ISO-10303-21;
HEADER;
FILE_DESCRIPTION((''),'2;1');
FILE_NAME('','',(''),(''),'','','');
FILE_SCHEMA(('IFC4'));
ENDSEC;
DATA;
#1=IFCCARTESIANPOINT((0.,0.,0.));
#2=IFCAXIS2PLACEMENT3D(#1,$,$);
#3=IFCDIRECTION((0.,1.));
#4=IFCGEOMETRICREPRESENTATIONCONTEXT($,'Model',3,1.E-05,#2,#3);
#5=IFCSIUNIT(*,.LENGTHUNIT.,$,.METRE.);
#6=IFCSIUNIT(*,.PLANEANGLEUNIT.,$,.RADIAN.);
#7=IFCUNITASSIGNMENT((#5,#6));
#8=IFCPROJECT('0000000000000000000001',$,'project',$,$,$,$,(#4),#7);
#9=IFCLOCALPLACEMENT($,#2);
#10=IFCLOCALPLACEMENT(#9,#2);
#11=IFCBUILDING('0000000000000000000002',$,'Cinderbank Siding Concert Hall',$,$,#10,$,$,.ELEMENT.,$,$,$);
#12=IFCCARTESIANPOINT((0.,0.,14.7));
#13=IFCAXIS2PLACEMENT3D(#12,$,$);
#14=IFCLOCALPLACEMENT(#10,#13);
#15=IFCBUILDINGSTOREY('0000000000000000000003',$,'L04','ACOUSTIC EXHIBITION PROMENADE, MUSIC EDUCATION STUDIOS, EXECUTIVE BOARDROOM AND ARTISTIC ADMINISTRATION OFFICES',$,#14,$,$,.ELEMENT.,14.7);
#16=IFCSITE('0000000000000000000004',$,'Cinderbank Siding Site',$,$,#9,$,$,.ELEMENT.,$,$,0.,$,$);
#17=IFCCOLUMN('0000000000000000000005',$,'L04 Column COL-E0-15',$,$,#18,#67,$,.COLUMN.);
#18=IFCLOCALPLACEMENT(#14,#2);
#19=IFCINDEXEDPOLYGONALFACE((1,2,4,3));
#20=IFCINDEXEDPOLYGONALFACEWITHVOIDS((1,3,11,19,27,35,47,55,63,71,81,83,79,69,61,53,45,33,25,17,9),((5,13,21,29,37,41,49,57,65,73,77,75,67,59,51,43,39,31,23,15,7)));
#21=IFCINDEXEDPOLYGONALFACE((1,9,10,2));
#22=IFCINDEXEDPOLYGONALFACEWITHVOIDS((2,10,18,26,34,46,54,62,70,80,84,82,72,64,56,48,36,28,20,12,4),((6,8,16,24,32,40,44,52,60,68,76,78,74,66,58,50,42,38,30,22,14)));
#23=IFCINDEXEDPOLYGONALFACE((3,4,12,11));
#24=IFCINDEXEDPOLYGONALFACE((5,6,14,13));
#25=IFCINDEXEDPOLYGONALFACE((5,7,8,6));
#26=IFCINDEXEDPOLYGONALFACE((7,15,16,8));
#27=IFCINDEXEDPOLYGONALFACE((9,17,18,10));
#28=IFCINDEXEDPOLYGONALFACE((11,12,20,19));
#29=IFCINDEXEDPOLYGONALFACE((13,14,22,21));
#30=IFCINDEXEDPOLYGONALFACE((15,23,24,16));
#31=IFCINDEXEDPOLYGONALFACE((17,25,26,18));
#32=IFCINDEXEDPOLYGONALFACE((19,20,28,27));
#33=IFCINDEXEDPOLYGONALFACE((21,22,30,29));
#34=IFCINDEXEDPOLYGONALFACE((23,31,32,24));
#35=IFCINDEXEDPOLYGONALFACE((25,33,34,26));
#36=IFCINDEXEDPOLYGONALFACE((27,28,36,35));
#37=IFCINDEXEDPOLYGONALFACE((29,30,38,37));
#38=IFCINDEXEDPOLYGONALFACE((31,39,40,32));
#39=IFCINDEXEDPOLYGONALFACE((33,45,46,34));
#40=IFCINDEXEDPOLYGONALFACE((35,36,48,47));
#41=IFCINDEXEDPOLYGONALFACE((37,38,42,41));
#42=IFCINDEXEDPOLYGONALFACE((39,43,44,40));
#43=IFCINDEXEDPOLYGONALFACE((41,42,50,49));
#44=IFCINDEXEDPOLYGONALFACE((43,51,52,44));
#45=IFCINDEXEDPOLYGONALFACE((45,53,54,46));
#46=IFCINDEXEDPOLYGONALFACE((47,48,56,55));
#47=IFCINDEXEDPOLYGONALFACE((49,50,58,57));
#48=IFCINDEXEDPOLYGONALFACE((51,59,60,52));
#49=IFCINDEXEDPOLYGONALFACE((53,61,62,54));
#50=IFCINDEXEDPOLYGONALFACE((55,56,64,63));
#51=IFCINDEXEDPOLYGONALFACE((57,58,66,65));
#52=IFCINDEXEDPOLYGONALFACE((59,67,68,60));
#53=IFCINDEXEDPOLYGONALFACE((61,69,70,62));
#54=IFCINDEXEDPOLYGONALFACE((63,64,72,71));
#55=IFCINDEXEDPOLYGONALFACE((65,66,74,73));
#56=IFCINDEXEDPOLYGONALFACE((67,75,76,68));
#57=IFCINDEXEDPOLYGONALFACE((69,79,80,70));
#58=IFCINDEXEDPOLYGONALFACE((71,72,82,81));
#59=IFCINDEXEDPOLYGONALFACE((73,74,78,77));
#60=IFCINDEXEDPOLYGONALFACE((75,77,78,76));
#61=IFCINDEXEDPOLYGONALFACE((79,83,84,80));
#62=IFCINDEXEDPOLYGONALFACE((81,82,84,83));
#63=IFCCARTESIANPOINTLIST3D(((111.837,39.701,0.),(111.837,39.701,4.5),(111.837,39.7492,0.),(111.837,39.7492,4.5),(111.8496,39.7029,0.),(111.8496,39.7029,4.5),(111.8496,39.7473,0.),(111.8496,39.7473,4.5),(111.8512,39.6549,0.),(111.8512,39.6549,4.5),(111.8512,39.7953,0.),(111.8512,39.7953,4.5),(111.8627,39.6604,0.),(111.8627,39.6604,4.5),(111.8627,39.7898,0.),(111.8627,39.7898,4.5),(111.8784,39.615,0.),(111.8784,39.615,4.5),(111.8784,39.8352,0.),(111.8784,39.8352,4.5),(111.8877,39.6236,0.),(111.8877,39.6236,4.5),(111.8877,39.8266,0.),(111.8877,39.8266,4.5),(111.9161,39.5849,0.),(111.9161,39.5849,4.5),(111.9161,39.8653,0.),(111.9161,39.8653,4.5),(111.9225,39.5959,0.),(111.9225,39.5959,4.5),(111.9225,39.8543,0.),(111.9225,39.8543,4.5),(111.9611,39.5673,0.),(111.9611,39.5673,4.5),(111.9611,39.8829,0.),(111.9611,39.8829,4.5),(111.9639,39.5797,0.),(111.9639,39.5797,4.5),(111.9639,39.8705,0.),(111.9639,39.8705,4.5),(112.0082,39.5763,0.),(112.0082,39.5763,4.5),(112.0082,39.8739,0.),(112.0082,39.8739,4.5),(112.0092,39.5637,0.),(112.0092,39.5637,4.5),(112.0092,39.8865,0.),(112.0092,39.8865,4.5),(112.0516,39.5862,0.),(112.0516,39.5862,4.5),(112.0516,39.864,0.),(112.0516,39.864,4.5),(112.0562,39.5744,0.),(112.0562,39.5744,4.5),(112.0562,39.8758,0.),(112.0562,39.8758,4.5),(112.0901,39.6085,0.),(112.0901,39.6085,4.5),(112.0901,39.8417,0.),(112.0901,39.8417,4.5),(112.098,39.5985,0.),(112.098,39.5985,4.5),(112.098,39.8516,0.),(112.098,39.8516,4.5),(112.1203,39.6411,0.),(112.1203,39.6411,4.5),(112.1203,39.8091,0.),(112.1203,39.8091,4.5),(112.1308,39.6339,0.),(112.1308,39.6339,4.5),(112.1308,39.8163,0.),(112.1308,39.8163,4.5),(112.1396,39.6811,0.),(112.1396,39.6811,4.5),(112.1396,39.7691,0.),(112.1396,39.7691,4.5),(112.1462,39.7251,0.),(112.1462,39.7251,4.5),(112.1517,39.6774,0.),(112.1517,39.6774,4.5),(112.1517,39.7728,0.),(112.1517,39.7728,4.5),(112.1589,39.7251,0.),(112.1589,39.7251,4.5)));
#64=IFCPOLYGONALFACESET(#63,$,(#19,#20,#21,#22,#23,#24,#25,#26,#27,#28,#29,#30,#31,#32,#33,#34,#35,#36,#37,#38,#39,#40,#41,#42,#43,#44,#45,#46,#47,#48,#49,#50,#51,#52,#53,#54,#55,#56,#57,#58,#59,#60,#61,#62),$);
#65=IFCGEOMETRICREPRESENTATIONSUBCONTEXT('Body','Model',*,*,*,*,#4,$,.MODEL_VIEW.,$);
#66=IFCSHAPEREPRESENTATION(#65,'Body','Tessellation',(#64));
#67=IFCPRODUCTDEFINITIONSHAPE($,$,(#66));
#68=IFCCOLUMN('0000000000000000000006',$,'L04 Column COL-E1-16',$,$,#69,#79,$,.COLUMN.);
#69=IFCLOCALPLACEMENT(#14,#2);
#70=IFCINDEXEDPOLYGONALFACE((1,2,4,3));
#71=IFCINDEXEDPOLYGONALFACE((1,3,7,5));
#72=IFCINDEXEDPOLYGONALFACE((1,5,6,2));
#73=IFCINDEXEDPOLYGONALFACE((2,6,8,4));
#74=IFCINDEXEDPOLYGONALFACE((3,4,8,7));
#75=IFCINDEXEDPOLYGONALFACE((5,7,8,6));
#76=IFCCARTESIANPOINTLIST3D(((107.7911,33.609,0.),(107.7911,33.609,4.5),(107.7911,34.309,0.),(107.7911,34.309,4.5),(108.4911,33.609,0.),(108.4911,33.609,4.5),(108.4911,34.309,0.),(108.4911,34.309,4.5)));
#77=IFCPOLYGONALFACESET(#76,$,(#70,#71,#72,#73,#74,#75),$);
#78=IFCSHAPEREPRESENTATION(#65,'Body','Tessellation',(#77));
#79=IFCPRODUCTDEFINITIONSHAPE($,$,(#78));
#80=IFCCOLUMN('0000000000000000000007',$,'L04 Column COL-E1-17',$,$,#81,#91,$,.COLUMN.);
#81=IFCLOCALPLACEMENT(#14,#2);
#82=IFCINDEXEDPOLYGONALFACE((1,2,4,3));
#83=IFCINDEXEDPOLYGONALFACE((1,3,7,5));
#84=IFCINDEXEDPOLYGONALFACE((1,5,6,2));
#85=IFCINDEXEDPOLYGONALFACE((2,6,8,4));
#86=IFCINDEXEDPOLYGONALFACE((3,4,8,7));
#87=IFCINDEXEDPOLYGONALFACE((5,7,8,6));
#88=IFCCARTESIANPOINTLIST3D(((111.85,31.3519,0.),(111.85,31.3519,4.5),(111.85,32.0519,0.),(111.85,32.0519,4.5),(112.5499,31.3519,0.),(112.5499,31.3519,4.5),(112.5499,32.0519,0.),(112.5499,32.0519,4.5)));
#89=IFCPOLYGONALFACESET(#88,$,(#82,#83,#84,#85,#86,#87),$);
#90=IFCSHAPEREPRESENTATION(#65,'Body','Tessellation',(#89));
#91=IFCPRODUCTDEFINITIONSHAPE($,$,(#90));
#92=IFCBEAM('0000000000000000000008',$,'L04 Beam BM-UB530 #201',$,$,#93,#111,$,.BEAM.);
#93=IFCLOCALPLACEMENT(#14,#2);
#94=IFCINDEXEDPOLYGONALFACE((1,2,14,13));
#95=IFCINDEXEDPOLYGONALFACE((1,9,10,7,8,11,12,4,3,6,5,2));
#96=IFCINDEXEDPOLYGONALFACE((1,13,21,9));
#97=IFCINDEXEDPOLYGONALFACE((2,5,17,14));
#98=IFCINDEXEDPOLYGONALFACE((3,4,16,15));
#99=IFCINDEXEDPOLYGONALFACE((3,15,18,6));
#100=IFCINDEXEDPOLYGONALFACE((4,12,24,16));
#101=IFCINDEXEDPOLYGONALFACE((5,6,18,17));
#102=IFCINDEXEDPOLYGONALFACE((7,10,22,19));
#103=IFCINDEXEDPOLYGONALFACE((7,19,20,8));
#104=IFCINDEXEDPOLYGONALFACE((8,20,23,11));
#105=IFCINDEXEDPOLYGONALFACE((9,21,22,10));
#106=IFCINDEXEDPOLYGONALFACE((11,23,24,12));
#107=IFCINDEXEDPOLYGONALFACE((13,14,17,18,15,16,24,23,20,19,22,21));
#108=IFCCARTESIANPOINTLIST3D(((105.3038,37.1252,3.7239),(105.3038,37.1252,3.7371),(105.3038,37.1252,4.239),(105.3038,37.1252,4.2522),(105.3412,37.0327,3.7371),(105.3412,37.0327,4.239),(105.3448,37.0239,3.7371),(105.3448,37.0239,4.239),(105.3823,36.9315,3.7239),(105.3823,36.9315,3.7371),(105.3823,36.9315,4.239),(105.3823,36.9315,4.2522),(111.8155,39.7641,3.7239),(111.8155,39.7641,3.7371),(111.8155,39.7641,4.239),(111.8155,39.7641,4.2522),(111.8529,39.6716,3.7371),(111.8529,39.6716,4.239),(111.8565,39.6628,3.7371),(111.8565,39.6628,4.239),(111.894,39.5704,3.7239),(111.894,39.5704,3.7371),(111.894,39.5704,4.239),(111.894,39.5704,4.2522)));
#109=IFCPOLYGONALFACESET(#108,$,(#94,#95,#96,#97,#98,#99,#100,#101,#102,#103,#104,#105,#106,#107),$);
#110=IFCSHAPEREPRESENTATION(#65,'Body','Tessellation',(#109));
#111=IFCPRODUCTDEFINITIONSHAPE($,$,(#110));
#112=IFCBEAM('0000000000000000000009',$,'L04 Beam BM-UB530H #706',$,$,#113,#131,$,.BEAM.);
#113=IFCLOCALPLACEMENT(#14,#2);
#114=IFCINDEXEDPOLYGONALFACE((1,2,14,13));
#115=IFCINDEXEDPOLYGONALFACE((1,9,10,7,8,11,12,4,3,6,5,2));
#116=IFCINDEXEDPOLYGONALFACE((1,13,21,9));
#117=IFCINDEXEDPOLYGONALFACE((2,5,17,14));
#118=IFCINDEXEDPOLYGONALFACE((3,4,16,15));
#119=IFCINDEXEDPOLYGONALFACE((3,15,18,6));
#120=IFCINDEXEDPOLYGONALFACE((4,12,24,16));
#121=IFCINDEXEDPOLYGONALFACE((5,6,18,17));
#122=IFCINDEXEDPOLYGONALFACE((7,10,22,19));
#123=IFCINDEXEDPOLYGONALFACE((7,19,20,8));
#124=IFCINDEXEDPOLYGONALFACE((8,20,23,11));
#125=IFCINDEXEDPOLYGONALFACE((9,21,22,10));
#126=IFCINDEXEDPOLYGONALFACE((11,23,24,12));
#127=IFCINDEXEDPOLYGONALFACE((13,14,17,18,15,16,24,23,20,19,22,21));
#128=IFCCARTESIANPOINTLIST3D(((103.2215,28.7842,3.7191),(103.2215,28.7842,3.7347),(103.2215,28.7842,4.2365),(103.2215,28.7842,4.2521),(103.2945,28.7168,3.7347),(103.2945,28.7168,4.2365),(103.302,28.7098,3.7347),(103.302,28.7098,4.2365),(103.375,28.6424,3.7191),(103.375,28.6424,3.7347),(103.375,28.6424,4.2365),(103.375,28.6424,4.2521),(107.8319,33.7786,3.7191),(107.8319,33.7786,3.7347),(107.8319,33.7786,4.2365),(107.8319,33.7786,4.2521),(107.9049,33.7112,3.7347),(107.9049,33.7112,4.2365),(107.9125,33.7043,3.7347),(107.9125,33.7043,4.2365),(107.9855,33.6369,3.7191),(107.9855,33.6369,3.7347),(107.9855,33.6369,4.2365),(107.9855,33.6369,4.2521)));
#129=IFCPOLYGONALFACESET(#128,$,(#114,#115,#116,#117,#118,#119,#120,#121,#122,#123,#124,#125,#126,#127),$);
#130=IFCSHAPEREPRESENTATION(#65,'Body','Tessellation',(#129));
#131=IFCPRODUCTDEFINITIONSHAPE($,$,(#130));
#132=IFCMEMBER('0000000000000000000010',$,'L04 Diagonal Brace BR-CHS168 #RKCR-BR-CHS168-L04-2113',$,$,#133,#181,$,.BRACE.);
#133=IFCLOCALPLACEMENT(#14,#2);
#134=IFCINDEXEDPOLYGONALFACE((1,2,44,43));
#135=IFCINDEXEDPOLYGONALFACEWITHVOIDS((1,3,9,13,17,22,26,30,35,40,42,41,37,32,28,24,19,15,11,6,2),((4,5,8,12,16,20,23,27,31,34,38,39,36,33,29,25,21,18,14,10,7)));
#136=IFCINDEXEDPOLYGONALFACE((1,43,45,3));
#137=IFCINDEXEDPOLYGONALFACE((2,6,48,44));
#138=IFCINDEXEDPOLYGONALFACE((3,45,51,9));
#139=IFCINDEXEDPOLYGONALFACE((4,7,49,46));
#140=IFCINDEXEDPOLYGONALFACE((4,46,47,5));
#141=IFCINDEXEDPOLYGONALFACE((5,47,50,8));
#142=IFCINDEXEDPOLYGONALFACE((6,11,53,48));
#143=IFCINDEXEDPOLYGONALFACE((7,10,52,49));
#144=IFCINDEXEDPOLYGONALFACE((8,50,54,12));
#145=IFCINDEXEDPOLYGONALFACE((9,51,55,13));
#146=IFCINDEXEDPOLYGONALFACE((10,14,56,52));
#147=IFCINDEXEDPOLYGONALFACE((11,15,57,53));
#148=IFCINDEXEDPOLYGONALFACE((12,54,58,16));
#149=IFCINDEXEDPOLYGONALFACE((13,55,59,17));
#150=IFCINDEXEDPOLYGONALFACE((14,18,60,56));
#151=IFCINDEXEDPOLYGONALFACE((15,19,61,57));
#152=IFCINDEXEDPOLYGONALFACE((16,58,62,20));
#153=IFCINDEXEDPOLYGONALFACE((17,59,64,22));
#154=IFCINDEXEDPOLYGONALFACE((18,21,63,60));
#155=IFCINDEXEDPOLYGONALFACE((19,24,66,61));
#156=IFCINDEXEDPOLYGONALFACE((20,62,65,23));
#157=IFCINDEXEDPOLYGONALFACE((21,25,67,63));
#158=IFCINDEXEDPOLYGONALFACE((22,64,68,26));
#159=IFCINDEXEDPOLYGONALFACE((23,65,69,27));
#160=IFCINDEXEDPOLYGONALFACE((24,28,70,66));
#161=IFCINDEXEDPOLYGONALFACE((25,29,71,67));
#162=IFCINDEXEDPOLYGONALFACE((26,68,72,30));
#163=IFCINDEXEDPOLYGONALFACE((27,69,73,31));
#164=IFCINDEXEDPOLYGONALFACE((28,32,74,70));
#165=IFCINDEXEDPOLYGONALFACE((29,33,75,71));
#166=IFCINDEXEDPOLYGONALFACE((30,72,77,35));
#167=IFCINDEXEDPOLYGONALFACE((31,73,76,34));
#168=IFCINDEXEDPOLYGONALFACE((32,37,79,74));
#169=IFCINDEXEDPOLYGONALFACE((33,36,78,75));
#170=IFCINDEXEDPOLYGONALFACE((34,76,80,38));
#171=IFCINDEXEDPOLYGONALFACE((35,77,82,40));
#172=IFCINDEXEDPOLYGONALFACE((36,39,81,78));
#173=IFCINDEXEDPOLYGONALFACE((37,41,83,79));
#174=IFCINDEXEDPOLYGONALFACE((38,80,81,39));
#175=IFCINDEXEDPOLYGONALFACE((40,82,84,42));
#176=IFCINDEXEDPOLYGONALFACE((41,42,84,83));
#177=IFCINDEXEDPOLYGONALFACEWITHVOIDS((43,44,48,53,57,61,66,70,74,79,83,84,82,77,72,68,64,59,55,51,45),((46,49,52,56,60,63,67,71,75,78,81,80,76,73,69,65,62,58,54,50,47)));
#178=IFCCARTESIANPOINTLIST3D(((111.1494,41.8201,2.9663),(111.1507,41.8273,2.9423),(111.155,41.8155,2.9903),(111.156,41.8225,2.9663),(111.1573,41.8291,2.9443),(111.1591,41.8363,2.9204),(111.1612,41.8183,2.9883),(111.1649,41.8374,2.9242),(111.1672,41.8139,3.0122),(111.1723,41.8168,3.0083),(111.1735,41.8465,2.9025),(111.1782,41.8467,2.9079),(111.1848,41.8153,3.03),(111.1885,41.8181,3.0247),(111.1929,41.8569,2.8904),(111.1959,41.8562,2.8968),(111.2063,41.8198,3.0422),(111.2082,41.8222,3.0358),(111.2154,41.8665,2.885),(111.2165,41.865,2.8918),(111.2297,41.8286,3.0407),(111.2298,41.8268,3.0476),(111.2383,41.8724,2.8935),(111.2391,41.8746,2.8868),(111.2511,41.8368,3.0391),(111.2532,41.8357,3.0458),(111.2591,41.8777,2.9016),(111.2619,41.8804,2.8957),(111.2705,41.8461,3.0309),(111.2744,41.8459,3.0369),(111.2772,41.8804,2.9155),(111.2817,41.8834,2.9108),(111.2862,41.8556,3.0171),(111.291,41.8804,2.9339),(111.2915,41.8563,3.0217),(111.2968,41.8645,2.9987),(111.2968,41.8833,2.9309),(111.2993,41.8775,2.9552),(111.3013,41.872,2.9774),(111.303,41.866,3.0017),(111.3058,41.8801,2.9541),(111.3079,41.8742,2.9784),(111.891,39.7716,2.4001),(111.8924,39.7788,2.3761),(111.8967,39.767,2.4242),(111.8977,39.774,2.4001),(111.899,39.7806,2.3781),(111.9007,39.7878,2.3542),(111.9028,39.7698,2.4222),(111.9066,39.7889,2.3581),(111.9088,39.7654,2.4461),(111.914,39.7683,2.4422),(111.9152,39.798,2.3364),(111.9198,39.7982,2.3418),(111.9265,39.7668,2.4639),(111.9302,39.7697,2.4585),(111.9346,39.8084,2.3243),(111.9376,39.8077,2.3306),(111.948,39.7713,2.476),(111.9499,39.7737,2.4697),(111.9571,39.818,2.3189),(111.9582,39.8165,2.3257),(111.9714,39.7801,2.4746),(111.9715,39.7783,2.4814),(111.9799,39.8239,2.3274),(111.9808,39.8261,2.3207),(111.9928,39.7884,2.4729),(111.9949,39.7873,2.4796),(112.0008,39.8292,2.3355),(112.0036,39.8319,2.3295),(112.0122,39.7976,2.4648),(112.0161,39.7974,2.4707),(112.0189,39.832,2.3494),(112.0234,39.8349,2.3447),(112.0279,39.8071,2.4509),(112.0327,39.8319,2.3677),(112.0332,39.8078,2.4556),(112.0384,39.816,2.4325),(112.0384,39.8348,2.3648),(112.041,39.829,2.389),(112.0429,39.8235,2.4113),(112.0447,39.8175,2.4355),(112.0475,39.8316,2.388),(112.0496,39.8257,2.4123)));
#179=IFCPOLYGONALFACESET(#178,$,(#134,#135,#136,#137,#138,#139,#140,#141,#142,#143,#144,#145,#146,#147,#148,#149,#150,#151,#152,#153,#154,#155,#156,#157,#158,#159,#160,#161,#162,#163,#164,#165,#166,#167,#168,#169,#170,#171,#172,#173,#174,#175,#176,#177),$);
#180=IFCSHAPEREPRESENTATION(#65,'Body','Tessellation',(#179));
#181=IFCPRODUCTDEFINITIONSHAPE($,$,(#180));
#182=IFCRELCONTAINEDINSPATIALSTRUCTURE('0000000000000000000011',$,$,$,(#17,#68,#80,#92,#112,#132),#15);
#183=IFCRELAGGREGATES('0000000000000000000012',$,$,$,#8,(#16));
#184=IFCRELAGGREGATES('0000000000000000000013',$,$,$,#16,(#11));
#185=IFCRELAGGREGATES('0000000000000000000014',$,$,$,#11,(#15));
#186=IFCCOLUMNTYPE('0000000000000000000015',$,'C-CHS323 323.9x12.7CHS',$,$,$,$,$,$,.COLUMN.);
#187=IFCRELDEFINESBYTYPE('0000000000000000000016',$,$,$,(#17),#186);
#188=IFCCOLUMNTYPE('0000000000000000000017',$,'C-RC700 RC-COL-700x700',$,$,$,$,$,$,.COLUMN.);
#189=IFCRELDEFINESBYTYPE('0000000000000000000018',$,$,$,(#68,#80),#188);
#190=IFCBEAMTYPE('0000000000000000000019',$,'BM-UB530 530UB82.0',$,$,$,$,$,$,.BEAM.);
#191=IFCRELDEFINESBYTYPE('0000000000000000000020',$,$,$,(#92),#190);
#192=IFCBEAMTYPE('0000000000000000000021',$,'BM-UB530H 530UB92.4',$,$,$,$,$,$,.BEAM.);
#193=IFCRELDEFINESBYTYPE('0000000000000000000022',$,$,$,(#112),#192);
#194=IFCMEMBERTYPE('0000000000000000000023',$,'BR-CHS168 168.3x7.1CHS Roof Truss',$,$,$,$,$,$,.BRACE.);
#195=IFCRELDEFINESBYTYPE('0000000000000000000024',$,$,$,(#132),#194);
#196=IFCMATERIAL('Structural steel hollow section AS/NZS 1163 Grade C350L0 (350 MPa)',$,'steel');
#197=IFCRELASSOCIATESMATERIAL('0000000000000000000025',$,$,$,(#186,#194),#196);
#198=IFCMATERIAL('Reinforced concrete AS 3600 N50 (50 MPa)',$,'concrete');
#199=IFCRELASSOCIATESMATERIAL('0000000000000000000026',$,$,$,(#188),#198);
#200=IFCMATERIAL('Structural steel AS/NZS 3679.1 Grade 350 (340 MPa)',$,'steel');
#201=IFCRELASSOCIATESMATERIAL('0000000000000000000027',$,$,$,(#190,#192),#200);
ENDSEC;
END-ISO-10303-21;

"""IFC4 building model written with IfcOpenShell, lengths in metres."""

from ifc_helpers import new_model, si_unit, direction, frame, origin, origin_2d, place, context, subcontext, project, spatial, rectangle, hollow_circle, i_section, extrude, material, material_profile, profile_set, type_object, element, save


model = new_model("IFC4")

# Units and contexts
model_context = context("Model", 3, precision=1e-05, world=origin(), true_north=direction((0.0, 1.0)))
body_context = subcontext(model_context, "Body", "Model", "MODEL_VIEW")
ifc_project = project(units=[si_unit("LENGTHUNIT", "METRE"), si_unit("PLANEANGLEUNIT", "RADIAN")], contexts=[model_context])

# Site, building, storey
site_placement = place(None, origin())
site = spatial("IfcSite", under=ifc_project, at=site_placement, Name="Cinderbank Siding Site", CompositionType="ELEMENT", RefElevation=0.0)
building_placement = place(site_placement, origin())
building = spatial("IfcBuilding", under=site, at=building_placement, Name="Cinderbank Siding Concert Hall", CompositionType="ELEMENT")
storey_placement = place(building_placement, frame((0.0, 0.0, 14.7)))
storey = spatial("IfcBuildingStorey", under=building, at=storey_placement, Name="L04", Description="ACOUSTIC EXHIBITION PROMENADE, MUSIC EDUCATION STUDIOS, EXECUTIVE BOARDROOM AND ARTISTIC ADMINISTRATION OFFICES", CompositionType="ELEMENT", Elevation=14.7)

# Columns
ifc_material_1 = material(Name="Structural steel hollow section AS/NZS 1163 Grade C350L0 (350 MPa)", Category="steel")
ifc_material_profile_1 = material_profile(ifc_material_1, hollow_circle(Radius=0.1619, WallThickness=0.0127, at=origin_2d()), Name="323.9x12.7CHS", Category="LoadBearing")
ifc_profile_set_1 = profile_set([ifc_material_profile_1], Name="Structural steel hollow section AS/NZS 1163 Grade C350L0 (350 MPa)")
column_type_1 = type_object("IfcColumnType", Name="C-CHS323 323.9x12.7CHS", PredefinedType="COLUMN", material=ifc_profile_set_1)
column_placement = place(storey_placement, frame((111.9971, 39.7251, 0.0), z_axis=(0.0, 0.0, 1.0), x_axis=(1.0, 0.0, 0.0)))
element("IfcColumn", 1, at=column_placement, inside=storey, type_object=column_type_1, Name="L04 Column COL-E0-15", PredefinedType="COLUMN", context=body_context, shape_type="SweptSolid", body=[
    extrude(hollow_circle(Radius=0.1619, WallThickness=0.0127, at=origin_2d()), origin(), (0.0, 0.0, 1.0), 4.5),
])
ifc_material_2 = material(Name="Reinforced concrete AS 3600 N50 (50 MPa)", Category="concrete")
ifc_material_profile_2 = material_profile(ifc_material_2, rectangle(XDim=0.7, YDim=0.7, at=origin_2d()), Name="RC-COL-700x700", Category="LoadBearing")
ifc_profile_set_2 = profile_set([ifc_material_profile_2], Name="Reinforced concrete AS 3600 N50 (50 MPa)")
column_type_2 = type_object("IfcColumnType", Name="C-RC700 RC-COL-700x700", PredefinedType="COLUMN", material=ifc_profile_set_2)
for number, where, z_axis, x_axis, name in (
    (2, (108.1411, 33.959, 0.0), (0.0, 0.0, 1.0), (1.0, 0.0, 0.0), "L04 Column COL-E1-16"),
    (3, (112.2, 31.7019, 0.0), (0.0, 0.0, 1.0), (1.0, 0.0, 0.0), "L04 Column COL-E1-17"),
):
    element("IfcColumn", number, at=place(storey_placement, frame(where, z_axis=z_axis, x_axis=x_axis)), inside=storey, type_object=column_type_2, Name=name, PredefinedType="COLUMN", context=body_context, shape_type="SweptSolid", body=[
        extrude(rectangle(XDim=0.7, YDim=0.7, at=origin_2d()), origin(), (0.0, 0.0, 1.0), 4.5),
    ])

# Beams
ifc_material_3 = material(Name="Structural steel AS/NZS 3679.1 Grade 350 (340 MPa)", Category="steel")
ifc_material_profile_3 = material_profile(ifc_material_3, i_section(OverallWidth=0.209, OverallDepth=0.5283, WebThickness=0.0095, FlangeThickness=0.0132, at=origin_2d()), Name="530UB82.0", Category="LoadBearing")
ifc_profile_set_3 = profile_set([ifc_material_profile_3], Name="Structural steel AS/NZS 3679.1 Grade 350 (340 MPa)")
beam_type_1 = type_object("IfcBeamType", Name="BM-UB530 530UB82.0", PredefinedType="BEAM", material=ifc_profile_set_3)
beam_1_placement = place(storey_placement, frame((111.8547, 39.6672, 3.988), z_axis=(-0.926787, -0.375587, 0.0), x_axis=(0.375587, -0.926787, 0.0)))
element("IfcBeam", 4, at=beam_1_placement, inside=storey, type_object=beam_type_1, Name="L04 Beam BM-UB530 #201", PredefinedType="BEAM", context=body_context, shape_type="SweptSolid", body=[
    extrude(i_section(OverallWidth=0.209, OverallDepth=0.5283, WebThickness=0.0095, FlangeThickness=0.0132, at=origin_2d()), origin(), (0.0, 0.0, 1.0), 7.0261),
])
ifc_material_profile_4 = material_profile(ifc_material_3, i_section(OverallWidth=0.209, OverallDepth=0.533, WebThickness=0.0103, FlangeThickness=0.0156, at=origin_2d()), Name="530UB92.4", Category="LoadBearing")
ifc_profile_set_4 = profile_set([ifc_material_profile_4], Name="Structural steel AS/NZS 3679.1 Grade 350 (340 MPa)")
beam_type_2 = type_object("IfcBeamType", Name="BM-UB530H 530UB92.4", PredefinedType="BEAM", material=ifc_profile_set_4)
beam_2_placement = place(storey_placement, frame((107.9087, 33.7078, 3.9856), z_axis=(-0.678292, -0.734792, 0.0), x_axis=(0.734792, -0.678292, 0.0)))
element("IfcBeam", 5, at=beam_2_placement, inside=storey, type_object=beam_type_2, Name="L04 Beam BM-UB530H #706", PredefinedType="BEAM", context=body_context, shape_type="SweptSolid", body=[
    extrude(i_section(OverallWidth=0.209, OverallDepth=0.533, WebThickness=0.0103, FlangeThickness=0.0156, at=origin_2d()), origin(), (0.0, 0.0, 1.0), 6.7971),
])

# Member
ifc_material_profile_5 = material_profile(ifc_material_1, hollow_circle(Radius=0.0842, WallThickness=0.0071, at=origin_2d()), Name="168.3x7.1CHS", Category="LoadBearing")
ifc_profile_set_5 = profile_set([ifc_material_profile_5], Name="Structural steel hollow section AS/NZS 1163 Grade C350L0 (350 MPa)")
member_type_1 = type_object("IfcMemberType", Name="BR-CHS168 168.3x7.1CHS Roof Truss", PredefinedType="BRACE", material=ifc_profile_set_5)
member_1_placement = place(storey_placement, frame((111.9702, 39.8003, 2.4001), z_axis=(-0.329486, 0.910046, 0.251507), x_axis=(-0.94027, -0.340429, 0.0)))
element("IfcMember", 6, at=member_1_placement, inside=storey, type_object=member_type_1, Name="L04 Diagonal Brace BR-CHS168 #RKCR-BR-CHS168-L04-2113", PredefinedType="BRACE", context=body_context, shape_type="SweptSolid", body=[
    extrude(hollow_circle(Radius=0.0842, WallThickness=0.0071, at=origin_2d()), origin(), (0.0, 0.0, 1.0), 2.251),
])

save(model, "model.ifc")
